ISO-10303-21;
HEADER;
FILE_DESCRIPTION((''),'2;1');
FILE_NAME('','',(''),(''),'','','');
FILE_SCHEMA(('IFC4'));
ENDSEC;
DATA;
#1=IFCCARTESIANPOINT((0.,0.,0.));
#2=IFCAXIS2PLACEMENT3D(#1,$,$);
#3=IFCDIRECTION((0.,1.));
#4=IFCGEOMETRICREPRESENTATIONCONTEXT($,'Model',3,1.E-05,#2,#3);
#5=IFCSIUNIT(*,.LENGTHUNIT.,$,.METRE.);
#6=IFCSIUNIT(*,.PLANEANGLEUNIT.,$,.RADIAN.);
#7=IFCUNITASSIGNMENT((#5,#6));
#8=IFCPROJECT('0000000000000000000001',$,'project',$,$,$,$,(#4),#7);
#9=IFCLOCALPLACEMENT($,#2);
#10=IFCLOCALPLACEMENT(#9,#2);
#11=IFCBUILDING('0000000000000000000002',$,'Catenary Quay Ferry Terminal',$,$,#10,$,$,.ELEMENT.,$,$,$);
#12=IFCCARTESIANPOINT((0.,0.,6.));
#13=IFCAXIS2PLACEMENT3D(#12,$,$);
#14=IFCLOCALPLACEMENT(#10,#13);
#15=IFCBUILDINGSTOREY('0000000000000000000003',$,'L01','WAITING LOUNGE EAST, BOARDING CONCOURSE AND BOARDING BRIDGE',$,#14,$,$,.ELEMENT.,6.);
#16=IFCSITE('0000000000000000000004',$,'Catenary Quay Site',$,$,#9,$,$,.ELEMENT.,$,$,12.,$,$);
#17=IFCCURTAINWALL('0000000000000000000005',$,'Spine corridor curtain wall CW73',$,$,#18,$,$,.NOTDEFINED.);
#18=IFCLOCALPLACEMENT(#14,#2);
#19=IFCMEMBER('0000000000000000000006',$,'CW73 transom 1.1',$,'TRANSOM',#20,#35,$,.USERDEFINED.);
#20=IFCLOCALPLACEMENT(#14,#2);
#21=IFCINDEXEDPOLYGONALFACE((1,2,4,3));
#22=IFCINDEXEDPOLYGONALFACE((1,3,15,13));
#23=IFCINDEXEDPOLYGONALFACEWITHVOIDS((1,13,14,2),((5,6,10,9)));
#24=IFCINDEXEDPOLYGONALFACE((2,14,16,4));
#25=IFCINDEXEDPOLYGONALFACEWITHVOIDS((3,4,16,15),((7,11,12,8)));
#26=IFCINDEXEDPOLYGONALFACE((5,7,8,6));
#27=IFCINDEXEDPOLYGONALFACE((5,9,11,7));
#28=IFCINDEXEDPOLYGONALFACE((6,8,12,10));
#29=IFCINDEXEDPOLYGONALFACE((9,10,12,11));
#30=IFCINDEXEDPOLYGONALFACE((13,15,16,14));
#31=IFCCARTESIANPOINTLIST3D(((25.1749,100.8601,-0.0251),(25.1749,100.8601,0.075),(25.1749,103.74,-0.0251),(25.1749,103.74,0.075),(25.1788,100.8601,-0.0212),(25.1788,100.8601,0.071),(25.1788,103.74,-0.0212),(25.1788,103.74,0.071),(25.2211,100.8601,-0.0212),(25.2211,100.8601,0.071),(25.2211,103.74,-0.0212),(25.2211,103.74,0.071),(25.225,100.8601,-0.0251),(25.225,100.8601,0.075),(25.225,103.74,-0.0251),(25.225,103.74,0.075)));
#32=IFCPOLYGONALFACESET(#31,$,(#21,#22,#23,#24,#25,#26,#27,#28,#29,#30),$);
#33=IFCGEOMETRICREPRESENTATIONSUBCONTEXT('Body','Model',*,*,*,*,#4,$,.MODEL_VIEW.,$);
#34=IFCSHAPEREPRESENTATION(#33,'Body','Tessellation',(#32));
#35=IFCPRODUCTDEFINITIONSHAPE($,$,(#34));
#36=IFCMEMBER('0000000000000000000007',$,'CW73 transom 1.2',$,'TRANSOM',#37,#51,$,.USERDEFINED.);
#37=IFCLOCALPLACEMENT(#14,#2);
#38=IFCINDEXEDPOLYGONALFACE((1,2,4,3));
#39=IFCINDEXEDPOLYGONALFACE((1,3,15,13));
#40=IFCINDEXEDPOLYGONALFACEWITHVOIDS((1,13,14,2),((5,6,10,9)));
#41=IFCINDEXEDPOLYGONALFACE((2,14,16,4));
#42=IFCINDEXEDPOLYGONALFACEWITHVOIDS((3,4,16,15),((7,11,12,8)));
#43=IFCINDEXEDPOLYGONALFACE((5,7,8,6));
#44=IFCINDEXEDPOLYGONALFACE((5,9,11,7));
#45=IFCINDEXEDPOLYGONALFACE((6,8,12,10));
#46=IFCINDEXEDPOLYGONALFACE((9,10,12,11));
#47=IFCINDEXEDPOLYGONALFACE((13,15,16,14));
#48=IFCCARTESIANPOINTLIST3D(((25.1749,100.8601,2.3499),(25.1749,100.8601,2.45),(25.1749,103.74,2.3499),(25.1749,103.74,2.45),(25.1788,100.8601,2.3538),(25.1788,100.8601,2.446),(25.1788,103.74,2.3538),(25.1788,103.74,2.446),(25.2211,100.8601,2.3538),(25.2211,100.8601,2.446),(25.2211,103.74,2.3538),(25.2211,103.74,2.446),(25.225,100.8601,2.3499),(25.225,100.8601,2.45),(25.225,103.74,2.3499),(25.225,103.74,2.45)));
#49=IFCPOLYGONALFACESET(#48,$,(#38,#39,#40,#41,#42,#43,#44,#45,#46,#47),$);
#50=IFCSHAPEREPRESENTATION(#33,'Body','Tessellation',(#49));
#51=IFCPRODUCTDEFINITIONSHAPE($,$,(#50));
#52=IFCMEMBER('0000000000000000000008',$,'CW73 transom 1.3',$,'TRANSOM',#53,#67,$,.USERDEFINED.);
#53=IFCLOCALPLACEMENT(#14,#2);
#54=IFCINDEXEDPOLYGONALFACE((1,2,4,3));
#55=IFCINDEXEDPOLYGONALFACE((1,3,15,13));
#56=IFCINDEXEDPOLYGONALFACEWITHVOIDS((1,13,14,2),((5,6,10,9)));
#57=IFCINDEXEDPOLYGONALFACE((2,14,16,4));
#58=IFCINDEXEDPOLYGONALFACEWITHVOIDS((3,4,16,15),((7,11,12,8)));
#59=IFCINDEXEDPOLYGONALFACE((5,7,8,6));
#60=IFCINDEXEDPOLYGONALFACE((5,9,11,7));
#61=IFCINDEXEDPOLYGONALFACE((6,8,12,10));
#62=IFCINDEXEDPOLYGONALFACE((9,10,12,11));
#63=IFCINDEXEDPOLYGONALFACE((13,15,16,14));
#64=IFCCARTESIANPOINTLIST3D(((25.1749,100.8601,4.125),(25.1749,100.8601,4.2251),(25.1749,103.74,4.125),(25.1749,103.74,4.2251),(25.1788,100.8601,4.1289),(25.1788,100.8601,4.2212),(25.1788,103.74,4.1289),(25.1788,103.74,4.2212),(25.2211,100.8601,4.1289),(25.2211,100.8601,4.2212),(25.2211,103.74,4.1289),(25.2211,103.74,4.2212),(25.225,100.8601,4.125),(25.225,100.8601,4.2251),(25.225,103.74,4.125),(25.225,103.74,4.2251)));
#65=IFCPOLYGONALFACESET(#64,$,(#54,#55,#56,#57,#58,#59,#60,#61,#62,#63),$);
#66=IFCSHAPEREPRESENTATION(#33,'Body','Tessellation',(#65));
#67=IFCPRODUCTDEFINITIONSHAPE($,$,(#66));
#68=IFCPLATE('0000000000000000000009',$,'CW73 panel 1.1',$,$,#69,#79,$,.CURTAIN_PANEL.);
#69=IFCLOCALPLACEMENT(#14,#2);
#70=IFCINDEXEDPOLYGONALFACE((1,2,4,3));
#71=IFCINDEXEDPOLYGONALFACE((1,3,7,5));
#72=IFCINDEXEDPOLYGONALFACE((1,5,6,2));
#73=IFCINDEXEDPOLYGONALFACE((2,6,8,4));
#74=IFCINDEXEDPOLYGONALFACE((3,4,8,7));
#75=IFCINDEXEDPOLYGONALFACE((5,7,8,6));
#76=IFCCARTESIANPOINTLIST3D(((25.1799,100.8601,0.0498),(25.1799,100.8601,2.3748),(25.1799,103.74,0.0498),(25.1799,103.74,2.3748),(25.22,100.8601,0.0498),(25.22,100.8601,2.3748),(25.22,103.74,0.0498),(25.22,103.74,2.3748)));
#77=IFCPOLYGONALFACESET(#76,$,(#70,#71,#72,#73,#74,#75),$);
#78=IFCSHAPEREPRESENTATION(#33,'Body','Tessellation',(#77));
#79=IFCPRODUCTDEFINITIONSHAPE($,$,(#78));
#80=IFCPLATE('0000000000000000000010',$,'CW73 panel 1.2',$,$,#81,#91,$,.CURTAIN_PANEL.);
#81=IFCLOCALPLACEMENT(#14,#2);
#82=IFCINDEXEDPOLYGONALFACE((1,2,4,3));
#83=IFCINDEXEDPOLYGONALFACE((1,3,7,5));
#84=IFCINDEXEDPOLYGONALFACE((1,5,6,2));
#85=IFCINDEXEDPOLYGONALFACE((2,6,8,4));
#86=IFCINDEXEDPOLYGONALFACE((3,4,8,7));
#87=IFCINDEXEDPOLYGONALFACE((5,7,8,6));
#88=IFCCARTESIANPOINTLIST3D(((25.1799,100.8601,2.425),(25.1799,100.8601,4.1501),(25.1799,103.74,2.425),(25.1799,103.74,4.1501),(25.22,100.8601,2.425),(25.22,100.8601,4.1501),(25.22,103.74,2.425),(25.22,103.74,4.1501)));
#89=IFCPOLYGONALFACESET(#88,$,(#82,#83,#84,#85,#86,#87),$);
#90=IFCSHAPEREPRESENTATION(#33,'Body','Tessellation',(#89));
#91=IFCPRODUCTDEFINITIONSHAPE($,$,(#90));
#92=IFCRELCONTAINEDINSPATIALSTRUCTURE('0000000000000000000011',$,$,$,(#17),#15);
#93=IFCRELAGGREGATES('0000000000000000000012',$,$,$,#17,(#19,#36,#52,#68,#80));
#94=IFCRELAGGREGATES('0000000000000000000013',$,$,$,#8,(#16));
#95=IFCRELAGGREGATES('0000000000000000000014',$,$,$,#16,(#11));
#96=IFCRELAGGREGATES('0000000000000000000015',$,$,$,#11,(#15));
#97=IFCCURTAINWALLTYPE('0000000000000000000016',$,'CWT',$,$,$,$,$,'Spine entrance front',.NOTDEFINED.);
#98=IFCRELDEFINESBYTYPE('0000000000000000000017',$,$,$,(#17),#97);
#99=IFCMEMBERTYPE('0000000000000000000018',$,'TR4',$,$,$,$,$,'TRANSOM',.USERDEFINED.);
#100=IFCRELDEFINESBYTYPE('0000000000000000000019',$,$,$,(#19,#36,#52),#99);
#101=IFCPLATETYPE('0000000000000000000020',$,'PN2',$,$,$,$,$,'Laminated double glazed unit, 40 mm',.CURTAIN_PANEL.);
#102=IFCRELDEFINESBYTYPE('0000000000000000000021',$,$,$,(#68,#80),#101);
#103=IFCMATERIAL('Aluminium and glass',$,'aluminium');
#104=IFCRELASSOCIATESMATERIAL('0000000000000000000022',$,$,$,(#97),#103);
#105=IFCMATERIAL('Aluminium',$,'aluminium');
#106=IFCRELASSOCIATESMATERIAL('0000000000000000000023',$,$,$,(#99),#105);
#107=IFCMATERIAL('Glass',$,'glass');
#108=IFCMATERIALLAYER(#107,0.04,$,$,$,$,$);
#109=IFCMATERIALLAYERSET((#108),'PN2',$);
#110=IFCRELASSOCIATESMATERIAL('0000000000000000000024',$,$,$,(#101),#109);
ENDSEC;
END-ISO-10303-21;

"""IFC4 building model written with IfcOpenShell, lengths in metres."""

from ifc_helpers import new_model, si_unit, direction, frame, origin, origin_2d, place, context, subcontext, project, spatial, rectangle, hollow_rectangle, extrude, material, layer, layer_set, material_profile, profile_set, type_object, element, aggregate, save


model = new_model("IFC4")

# Units and contexts
model_context = context("Model", 3, precision=1e-05, world=origin(), true_north=direction((0.0, 1.0)))
body_context = subcontext(model_context, "Body", "Model", "MODEL_VIEW")
ifc_project = project(units=[si_unit("LENGTHUNIT", "METRE"), si_unit("PLANEANGLEUNIT", "RADIAN")], contexts=[model_context])

# Site, building, storey
site_placement = place(None, origin())
site = spatial("IfcSite", under=ifc_project, at=site_placement, Name="Catenary Quay Site", CompositionType="ELEMENT", RefElevation=12.0)
building_placement = place(site_placement, origin())
building = spatial("IfcBuilding", under=site, at=building_placement, Name="Catenary Quay Ferry Terminal", CompositionType="ELEMENT")
storey_placement = place(building_placement, frame((0.0, 0.0, 6.0)))
storey = spatial("IfcBuildingStorey", under=building, at=storey_placement, Name="L01", Description="WAITING LOUNGE EAST, BOARDING CONCOURSE AND BOARDING BRIDGE", CompositionType="ELEMENT", Elevation=6.0)

# Curtain wall, members, plates
ifc_material_1 = material(Name="Aluminium and glass", Category="aluminium")
curtain_wall_type = type_object("IfcCurtainWallType", Name="CWT", ElementType="Spine entrance front", PredefinedType="NOTDEFINED", material=ifc_material_1)
curtain_wall_placement = place(storey_placement, origin())
curtain_wall = element("IfcCurtainWall", 1, at=curtain_wall_placement, inside=storey, type_object=curtain_wall_type, Name="Spine corridor curtain wall CW73", PredefinedType="NOTDEFINED")
ifc_material_2 = material(Name="Aluminium", Category="aluminium")
ifc_material_profile_1 = material_profile(ifc_material_2, hollow_rectangle(XDim=0.05, YDim=0.1001, WallThickness=0.0039, at=origin_2d()), Name="TR4")
ifc_profile_set_1 = profile_set([ifc_material_profile_1], Name="Aluminium")
member_type_1 = type_object("IfcMemberType", Name="TR4", ElementType="TRANSOM", PredefinedType="USERDEFINED", material=ifc_profile_set_1)
member_1_placement = place(storey_placement, frame((25.2, 100.8601, 0.0249), z_axis=(0.0, 1.0, 0.0), x_axis=(-1.0, 0.0, 0.0)))
member_1 = element("IfcMember", 2, at=member_1_placement, type_object=member_type_1, Name="CW73 transom 1.1", ObjectType="TRANSOM", PredefinedType="USERDEFINED", context=body_context, shape_type="SweptSolid", body=[
    extrude(hollow_rectangle(XDim=0.05, YDim=0.1001, WallThickness=0.0039, at=origin_2d()), origin(), (0.0, 0.0, 1.0), 2.8799),
])
member_2_placement = place(storey_placement, frame((25.2, 100.8601, 2.3999), z_axis=(0.0, 1.0, 0.0), x_axis=(-1.0, 0.0, 0.0)))
member_2 = element("IfcMember", 3, at=member_2_placement, type_object=member_type_1, Name="CW73 transom 1.2", ObjectType="TRANSOM", PredefinedType="USERDEFINED", context=body_context, shape_type="SweptSolid", body=[
    extrude(hollow_rectangle(XDim=0.05, YDim=0.1001, WallThickness=0.0039, at=origin_2d()), origin(), (0.0, 0.0, 1.0), 2.8799),
])
member_3_placement = place(storey_placement, frame((25.2, 100.8601, 4.175), z_axis=(0.0, 1.0, 0.0), x_axis=(-1.0, 0.0, 0.0)))
member_3 = element("IfcMember", 4, at=member_3_placement, type_object=member_type_1, Name="CW73 transom 1.3", ObjectType="TRANSOM", PredefinedType="USERDEFINED", context=body_context, shape_type="SweptSolid", body=[
    extrude(hollow_rectangle(XDim=0.05, YDim=0.1001, WallThickness=0.0039, at=origin_2d()), origin(), (0.0, 0.0, 1.0), 2.8799),
])
ifc_material_3 = material(Name="Glass", Category="glass")
ifc_layer_1 = layer(ifc_material_3, 0.04)
ifc_layer_set_1 = layer_set([ifc_layer_1], Name="PN2")
plate_type = type_object("IfcPlateType", Name="PN2", ElementType="Laminated double glazed unit, 40 mm", PredefinedType="CURTAIN_PANEL", material=ifc_layer_set_1)
plate_1_placement = place(storey_placement, frame((25.2, 102.3, 0.0498), z_axis=(0.0, 0.0, 1.0), x_axis=(0.0, 1.0, 0.0)))
plate_1 = element("IfcPlate", 5, at=plate_1_placement, type_object=plate_type, Name="CW73 panel 1.1", PredefinedType="CURTAIN_PANEL", context=body_context, shape_type="SweptSolid", body=[
    extrude(rectangle(XDim=2.8799, YDim=0.04, at=origin_2d()), origin(), (0.0, 0.0, 1.0), 2.325),
])
plate_2_placement = place(storey_placement, frame((25.2, 102.3, 2.425), z_axis=(0.0, 0.0, 1.0), x_axis=(0.0, 1.0, 0.0)))
plate_2 = element("IfcPlate", 6, at=plate_2_placement, type_object=plate_type, Name="CW73 panel 1.2", PredefinedType="CURTAIN_PANEL", context=body_context, shape_type="SweptSolid", body=[
    extrude(rectangle(XDim=2.8799, YDim=0.04, at=origin_2d()), origin(), (0.0, 0.0, 1.0), 1.7251),
])
aggregate(curtain_wall, [member_1, member_2, member_3, plate_1, plate_2])

save(model, "model.ifc")
